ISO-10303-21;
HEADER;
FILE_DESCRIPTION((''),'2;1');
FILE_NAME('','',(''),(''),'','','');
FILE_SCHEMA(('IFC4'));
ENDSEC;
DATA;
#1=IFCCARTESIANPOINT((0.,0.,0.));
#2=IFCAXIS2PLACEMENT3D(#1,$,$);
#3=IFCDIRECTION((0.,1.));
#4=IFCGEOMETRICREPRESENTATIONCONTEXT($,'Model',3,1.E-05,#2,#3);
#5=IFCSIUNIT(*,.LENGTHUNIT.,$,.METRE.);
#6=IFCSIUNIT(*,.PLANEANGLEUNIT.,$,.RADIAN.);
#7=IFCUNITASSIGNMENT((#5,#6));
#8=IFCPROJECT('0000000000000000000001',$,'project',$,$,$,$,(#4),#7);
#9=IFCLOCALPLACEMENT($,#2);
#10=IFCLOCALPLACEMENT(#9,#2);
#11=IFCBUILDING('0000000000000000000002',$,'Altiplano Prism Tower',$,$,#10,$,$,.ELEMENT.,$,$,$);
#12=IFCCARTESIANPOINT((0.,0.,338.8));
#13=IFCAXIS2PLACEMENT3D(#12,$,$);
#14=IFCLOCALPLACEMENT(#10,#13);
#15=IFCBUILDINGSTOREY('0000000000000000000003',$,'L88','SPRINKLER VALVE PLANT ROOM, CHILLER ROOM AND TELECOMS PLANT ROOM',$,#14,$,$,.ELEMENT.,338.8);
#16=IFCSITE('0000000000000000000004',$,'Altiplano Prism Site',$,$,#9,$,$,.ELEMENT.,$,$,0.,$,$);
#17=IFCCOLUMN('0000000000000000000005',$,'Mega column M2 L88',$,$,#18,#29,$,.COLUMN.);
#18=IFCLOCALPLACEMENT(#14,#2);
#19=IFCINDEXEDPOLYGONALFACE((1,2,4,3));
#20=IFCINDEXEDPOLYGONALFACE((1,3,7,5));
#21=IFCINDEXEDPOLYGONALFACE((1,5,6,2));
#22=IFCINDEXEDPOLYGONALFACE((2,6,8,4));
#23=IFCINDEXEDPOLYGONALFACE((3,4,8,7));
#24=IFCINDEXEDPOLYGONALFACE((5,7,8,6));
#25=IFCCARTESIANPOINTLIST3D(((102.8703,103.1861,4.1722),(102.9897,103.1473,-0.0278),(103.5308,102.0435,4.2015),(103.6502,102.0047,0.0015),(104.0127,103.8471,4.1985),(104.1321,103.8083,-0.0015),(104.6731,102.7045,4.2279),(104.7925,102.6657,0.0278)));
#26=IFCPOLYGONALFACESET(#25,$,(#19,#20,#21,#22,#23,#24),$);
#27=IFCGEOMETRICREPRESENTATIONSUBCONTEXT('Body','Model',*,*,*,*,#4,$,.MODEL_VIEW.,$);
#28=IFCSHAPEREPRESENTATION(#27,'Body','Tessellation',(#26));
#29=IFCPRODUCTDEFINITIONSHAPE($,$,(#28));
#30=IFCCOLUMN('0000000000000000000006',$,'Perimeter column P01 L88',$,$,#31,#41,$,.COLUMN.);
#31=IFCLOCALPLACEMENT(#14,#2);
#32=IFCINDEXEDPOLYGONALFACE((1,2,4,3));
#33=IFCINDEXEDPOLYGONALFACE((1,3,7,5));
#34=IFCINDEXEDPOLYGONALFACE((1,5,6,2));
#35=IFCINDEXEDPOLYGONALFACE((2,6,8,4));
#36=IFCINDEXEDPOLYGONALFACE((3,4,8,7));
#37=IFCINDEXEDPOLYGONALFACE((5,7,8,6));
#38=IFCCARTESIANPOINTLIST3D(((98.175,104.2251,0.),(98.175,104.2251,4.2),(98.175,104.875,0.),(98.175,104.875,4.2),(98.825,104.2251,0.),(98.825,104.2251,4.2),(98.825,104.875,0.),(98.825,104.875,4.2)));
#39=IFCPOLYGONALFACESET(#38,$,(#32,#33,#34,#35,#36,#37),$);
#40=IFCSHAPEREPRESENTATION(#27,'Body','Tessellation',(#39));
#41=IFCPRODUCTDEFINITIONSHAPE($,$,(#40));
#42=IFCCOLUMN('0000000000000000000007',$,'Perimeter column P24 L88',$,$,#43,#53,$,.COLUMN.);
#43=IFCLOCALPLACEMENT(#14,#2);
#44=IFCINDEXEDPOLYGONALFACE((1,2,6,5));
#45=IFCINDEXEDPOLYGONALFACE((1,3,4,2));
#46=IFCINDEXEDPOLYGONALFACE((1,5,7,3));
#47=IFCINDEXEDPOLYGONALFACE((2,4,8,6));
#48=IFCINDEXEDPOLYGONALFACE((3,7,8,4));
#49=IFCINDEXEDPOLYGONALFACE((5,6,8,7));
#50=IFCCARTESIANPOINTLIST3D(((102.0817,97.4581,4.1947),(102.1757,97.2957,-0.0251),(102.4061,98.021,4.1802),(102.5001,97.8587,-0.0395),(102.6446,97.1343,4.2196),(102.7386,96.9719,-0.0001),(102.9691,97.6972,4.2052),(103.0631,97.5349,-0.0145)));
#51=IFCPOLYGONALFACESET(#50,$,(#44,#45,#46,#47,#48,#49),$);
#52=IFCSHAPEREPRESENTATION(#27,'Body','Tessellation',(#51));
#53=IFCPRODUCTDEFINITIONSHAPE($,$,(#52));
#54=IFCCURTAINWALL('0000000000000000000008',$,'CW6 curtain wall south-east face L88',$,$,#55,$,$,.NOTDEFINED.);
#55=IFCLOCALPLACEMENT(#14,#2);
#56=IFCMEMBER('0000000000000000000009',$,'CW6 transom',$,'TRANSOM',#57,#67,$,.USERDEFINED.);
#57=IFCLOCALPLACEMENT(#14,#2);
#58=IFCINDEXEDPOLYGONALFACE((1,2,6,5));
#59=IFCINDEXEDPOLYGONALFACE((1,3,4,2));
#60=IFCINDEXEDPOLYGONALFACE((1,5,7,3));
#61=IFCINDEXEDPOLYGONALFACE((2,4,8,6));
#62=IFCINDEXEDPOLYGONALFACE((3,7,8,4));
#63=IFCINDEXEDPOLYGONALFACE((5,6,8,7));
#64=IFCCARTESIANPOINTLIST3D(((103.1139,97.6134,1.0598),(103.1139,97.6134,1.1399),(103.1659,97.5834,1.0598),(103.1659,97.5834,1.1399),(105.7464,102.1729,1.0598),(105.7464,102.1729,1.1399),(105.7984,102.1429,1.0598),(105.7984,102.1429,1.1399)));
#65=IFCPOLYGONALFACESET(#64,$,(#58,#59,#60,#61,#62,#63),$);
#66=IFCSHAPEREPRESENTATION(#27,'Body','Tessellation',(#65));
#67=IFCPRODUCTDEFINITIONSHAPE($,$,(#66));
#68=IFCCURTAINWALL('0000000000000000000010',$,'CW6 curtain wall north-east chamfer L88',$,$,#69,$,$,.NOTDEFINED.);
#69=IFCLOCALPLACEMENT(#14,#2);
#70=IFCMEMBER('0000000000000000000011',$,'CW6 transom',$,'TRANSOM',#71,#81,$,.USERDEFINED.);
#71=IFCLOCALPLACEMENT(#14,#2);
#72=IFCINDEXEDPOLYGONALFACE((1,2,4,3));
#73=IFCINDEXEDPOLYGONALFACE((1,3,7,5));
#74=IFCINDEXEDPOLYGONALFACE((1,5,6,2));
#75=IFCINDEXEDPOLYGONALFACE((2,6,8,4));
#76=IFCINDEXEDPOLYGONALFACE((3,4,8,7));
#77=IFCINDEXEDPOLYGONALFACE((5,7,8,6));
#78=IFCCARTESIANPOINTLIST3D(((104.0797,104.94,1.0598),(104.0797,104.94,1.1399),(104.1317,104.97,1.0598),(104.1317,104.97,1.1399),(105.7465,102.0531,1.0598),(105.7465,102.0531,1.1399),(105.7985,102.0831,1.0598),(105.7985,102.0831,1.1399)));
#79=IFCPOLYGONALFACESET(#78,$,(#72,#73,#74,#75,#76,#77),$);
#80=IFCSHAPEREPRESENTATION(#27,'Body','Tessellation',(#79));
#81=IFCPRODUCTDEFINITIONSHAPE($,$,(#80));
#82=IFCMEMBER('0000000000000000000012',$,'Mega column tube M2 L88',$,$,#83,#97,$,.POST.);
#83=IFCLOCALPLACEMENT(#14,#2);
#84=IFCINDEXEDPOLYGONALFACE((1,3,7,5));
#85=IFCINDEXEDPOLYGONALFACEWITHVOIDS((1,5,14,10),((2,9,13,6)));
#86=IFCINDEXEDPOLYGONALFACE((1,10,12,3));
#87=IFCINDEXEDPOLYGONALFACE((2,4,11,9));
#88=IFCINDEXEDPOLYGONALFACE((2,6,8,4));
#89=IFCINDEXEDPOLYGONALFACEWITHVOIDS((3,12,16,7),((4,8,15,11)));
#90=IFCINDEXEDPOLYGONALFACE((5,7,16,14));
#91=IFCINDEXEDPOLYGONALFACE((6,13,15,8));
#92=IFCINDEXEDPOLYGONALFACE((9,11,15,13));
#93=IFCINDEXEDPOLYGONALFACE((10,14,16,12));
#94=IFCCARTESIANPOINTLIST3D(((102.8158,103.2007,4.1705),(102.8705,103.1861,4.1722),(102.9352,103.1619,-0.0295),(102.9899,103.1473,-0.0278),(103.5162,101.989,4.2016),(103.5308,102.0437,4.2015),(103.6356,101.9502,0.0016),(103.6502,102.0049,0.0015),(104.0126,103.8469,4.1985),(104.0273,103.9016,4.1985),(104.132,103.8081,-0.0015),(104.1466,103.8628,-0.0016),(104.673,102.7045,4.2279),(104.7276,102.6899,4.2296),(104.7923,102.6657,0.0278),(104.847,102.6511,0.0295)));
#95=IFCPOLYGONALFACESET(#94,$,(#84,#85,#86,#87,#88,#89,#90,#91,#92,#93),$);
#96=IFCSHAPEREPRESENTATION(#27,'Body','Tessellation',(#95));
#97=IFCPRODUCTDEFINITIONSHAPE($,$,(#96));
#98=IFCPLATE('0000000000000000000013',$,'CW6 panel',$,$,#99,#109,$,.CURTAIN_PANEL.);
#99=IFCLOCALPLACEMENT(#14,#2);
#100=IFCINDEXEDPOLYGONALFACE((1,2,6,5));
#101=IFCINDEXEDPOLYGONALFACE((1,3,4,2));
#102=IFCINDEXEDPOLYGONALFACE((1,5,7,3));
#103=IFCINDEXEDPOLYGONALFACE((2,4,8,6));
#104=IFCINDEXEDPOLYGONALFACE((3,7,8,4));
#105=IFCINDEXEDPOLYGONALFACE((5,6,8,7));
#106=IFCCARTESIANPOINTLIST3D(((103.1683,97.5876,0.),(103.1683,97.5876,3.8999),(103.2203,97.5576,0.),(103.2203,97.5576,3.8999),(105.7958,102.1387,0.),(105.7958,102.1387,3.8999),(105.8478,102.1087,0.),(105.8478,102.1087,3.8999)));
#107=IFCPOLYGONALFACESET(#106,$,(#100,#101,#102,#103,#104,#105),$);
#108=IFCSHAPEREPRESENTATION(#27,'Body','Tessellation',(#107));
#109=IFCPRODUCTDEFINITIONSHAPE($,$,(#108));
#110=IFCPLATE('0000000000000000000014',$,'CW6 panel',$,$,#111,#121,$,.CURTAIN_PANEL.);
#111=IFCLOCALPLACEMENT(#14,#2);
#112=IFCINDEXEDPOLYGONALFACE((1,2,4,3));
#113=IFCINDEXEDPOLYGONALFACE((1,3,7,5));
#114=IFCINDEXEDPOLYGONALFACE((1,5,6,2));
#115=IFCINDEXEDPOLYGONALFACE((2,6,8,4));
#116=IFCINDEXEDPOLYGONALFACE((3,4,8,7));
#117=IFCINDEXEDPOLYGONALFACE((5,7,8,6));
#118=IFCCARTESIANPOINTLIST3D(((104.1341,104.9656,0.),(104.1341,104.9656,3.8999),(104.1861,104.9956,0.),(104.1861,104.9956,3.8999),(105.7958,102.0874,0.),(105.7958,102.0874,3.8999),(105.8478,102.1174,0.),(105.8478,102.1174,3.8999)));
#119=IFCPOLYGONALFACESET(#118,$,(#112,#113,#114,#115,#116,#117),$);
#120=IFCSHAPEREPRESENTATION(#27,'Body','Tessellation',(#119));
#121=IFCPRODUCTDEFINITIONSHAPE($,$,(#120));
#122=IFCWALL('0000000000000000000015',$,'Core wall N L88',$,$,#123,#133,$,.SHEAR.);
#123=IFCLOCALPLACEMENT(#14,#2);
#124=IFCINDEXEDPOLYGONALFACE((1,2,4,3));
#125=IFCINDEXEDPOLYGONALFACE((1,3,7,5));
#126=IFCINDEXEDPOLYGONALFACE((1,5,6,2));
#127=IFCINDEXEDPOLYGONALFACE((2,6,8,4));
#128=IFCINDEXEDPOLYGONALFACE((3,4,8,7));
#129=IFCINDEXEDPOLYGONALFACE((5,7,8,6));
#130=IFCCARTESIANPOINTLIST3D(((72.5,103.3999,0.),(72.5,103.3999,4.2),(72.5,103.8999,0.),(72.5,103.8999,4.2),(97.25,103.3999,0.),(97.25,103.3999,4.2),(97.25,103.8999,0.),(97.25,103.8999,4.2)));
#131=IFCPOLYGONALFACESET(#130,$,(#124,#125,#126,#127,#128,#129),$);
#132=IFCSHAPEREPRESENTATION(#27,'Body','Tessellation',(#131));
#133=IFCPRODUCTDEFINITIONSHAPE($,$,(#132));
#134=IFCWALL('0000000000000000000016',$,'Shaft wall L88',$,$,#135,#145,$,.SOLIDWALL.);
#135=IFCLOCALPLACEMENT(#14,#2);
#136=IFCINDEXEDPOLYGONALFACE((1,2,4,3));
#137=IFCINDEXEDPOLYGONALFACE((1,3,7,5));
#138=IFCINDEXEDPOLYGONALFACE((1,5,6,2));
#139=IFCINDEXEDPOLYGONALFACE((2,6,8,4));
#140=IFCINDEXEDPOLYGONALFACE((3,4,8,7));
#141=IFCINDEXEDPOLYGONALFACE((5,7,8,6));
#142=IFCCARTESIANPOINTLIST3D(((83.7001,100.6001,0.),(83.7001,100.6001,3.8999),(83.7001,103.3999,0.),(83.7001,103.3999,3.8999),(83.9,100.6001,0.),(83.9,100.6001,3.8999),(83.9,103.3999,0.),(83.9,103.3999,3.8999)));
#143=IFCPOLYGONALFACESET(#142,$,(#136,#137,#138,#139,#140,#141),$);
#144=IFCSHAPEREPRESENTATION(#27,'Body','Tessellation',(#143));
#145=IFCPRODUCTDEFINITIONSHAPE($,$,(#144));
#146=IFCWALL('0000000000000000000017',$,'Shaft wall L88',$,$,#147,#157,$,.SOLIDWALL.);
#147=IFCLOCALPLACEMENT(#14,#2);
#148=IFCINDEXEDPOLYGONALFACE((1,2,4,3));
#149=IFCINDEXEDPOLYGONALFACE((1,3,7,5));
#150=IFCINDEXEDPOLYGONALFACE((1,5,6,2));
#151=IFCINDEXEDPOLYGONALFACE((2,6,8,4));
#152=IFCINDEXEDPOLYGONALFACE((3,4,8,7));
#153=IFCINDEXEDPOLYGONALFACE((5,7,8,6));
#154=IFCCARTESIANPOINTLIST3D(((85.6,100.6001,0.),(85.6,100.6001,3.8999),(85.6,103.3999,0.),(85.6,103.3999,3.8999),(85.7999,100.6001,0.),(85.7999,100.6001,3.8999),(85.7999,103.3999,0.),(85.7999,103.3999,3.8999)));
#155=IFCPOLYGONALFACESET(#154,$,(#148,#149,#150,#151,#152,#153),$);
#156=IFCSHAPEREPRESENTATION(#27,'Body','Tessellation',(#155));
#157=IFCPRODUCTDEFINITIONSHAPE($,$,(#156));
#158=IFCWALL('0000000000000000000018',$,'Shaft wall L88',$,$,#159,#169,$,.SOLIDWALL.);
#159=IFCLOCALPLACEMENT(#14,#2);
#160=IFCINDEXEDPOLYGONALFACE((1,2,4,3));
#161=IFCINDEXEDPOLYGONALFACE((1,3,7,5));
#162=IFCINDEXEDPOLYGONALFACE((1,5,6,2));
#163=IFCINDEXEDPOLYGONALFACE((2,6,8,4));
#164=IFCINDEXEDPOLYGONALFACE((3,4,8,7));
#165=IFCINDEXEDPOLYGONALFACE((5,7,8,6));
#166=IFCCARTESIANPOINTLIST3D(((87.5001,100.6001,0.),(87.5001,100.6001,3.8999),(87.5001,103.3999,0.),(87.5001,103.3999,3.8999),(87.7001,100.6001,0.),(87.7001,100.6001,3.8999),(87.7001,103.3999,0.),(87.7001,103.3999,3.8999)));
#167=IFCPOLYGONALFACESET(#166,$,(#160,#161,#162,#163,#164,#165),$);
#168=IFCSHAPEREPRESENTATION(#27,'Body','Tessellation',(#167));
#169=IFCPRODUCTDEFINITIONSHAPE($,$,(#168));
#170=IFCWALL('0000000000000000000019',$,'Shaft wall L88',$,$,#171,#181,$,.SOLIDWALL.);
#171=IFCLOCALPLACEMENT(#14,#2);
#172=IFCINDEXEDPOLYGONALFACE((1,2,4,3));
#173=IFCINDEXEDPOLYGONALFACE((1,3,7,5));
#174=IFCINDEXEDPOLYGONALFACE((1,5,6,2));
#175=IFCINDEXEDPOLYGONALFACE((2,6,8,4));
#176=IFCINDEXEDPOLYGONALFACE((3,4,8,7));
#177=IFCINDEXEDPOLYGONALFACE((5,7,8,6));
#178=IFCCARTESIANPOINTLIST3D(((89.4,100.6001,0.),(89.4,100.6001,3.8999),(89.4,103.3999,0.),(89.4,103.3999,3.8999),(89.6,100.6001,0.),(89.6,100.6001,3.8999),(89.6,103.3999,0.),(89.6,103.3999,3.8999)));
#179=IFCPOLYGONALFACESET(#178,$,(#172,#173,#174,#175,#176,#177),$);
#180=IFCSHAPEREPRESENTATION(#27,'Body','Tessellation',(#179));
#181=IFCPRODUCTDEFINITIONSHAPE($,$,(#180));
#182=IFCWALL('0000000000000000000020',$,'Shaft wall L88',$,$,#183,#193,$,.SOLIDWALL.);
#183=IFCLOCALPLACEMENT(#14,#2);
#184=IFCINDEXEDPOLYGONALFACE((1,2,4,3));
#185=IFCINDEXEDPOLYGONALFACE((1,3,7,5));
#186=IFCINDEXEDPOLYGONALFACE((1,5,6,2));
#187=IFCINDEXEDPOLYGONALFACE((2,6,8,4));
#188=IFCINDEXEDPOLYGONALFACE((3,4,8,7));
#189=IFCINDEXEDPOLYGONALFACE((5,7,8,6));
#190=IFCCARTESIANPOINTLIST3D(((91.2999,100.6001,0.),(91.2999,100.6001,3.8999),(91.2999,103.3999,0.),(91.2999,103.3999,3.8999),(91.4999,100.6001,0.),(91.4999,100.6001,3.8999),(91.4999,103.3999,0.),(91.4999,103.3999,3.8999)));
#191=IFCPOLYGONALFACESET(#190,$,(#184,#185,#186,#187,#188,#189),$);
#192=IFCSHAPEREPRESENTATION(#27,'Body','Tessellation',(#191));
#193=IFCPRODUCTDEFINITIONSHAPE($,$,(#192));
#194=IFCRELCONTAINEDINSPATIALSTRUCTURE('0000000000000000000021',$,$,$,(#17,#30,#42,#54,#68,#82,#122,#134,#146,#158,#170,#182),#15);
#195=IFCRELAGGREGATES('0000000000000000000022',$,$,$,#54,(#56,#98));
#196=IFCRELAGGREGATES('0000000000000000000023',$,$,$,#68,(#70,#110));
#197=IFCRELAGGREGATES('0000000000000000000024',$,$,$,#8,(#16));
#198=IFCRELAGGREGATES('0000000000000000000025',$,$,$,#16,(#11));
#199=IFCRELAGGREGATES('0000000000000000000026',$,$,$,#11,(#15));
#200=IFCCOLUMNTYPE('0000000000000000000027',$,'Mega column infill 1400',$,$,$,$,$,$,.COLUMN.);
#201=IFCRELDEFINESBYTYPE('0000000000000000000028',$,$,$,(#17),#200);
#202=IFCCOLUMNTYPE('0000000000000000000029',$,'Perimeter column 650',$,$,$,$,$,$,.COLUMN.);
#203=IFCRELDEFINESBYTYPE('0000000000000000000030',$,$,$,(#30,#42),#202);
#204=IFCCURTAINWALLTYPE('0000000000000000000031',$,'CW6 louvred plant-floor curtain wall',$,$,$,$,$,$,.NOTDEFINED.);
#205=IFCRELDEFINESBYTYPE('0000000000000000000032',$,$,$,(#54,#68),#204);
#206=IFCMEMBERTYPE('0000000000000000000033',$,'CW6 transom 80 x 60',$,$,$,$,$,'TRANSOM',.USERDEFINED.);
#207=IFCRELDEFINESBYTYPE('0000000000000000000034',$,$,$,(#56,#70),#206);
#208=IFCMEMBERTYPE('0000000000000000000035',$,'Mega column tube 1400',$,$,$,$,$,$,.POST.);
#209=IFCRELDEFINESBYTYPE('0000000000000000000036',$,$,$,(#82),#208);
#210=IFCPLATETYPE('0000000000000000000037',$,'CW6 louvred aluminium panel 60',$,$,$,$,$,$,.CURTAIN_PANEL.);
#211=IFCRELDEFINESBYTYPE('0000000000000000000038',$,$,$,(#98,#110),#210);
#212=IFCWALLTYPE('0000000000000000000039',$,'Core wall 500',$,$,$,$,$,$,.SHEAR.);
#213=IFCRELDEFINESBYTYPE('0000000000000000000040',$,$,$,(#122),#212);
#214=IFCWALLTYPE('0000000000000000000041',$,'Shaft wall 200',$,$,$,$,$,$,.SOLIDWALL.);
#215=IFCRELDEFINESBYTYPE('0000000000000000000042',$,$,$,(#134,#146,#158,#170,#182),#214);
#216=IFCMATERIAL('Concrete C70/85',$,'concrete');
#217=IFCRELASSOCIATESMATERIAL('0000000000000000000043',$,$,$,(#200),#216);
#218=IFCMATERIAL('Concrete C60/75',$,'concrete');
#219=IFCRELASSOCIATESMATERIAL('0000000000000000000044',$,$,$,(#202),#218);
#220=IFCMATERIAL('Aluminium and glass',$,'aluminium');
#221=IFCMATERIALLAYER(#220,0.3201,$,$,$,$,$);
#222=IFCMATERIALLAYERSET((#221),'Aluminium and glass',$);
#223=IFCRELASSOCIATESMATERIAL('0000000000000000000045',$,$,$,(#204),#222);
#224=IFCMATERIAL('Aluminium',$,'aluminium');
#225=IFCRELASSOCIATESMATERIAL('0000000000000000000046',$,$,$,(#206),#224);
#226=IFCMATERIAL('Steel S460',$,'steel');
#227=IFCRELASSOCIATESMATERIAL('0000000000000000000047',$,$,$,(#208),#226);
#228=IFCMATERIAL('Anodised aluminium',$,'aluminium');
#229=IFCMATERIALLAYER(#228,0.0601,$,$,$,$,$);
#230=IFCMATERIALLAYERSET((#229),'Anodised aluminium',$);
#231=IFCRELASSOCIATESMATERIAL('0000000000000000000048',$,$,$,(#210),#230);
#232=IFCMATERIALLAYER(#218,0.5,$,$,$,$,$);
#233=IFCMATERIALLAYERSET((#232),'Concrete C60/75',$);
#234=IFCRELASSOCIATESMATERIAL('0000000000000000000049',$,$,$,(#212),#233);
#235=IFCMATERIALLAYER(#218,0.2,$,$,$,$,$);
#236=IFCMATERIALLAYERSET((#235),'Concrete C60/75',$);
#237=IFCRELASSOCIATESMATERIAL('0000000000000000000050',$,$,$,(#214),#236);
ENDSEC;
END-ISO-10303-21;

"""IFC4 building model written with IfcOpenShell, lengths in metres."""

from ifc_helpers import new_model, si_unit, direction, frame, frame_2d, origin, origin_2d, place, context, subcontext, project, spatial, rectangle, hollow_rectangle, extrude, material, layer, layer_set, material_profile, profile_set, type_object, element, aggregate, save


model = new_model("IFC4")

# Units and contexts
model_context = context("Model", 3, precision=1e-05, world=origin(), true_north=direction((0.0, 1.0)))
body_context = subcontext(model_context, "Body", "Model", "MODEL_VIEW")
ifc_project = project(units=[si_unit("LENGTHUNIT", "METRE"), si_unit("PLANEANGLEUNIT", "RADIAN")], contexts=[model_context])

# Site, building, storey
site_placement = place(None, origin())
site = spatial("IfcSite", under=ifc_project, at=site_placement, Name="Altiplano Prism Site", CompositionType="ELEMENT", RefElevation=0.0)
building_placement = place(site_placement, origin())
building = spatial("IfcBuilding", under=site, at=building_placement, Name="Altiplano Prism Tower", CompositionType="ELEMENT")
storey_placement = place(building_placement, frame((0.0, 0.0, 338.8)))
storey = spatial("IfcBuildingStorey", under=building, at=storey_placement, Name="L88", Description="SPRINKLER VALVE PLANT ROOM, CHILLER ROOM AND TELECOMS PLANT ROOM", CompositionType="ELEMENT", Elevation=338.8)

# Columns
ifc_material_1 = material(Name="Concrete C70/85", Category="concrete")
ifc_material_profile_1 = material_profile(ifc_material_1, rectangle(XDim=1.3201, YDim=1.3201, at=origin_2d()), Name="Mega column infill 1400")
ifc_profile_set_1 = profile_set([ifc_material_profile_1], Name="Concrete C70/85")
column_type_1 = type_object("IfcColumnType", Name="Mega column infill 1400", PredefinedType="COLUMN", material=ifc_profile_set_1)
column_1_placement = place(storey_placement, frame((103.8911, 102.9065, 0.0), z_axis=(-0.028413, 0.009238, 0.999554), x_axis=(0.500311, -0.865561, 0.022221)))
element("IfcColumn", 1, at=column_1_placement, inside=storey, type_object=column_type_1, Name="Mega column M2 L88", PredefinedType="COLUMN", context=body_context, shape_type="SweptSolid", body=[
    extrude(rectangle(XDim=1.3201, YDim=1.3201, at=origin_2d()), origin(), (0.0, 0.0, 1.0), 4.2019),
])
ifc_material_2 = material(Name="Concrete C60/75", Category="concrete")
ifc_material_profile_2 = material_profile(ifc_material_2, rectangle(XDim=0.6499, YDim=0.6499, at=origin_2d()), Name="Perimeter column 650")
ifc_profile_set_2 = profile_set([ifc_material_profile_2], Name="Concrete C60/75")
column_type_2 = type_object("IfcColumnType", Name="Perimeter column 650", PredefinedType="COLUMN", material=ifc_profile_set_2)
column_2_placement = place(storey_placement, frame((98.5, 104.55, 0.0), z_axis=(0.0, 0.0, 1.0), x_axis=(1.0, 0.0, 0.0)))
element("IfcColumn", 2, at=column_2_placement, inside=storey, type_object=column_type_2, Name="Perimeter column P01 L88", PredefinedType="COLUMN", context=body_context, shape_type="SweptSolid", body=[
    extrude(rectangle(XDim=0.6499, YDim=0.6499, at=origin_2d()), origin(), (0.0, 0.0, 1.0), 4.2),
])
column_3_placement = place(storey_placement, frame((102.6194, 97.4153, -0.0198), z_axis=(-0.022253, 0.038437, 0.999013), x_axis=(-0.499208, -0.866198, 0.022207)))
element("IfcColumn", 3, at=column_3_placement, inside=storey, type_object=column_type_2, Name="Perimeter column P24 L88", PredefinedType="COLUMN", context=body_context, shape_type="SweptSolid", body=[
    extrude(rectangle(XDim=0.6499, YDim=0.6499, at=origin_2d()), origin(), (0.0, 0.0, 1.0), 4.2239),
])

# Curtain walls, members
ifc_material_3 = material(Name="Aluminium and glass", Category="aluminium")
ifc_layer_1 = layer(ifc_material_3, 0.3201)
ifc_layer_set_1 = layer_set([ifc_layer_1], Name="Aluminium and glass")
curtain_wall_type = type_object("IfcCurtainWallType", Name="CW6 louvred plant-floor curtain wall", PredefinedType="NOTDEFINED", material=ifc_layer_set_1)
curtain_wall_1_placement = place(storey_placement, origin())
curtain_wall_1 = element("IfcCurtainWall", 4, at=curtain_wall_1_placement, inside=storey, type_object=curtain_wall_type, Name="CW6 curtain wall south-east face L88", PredefinedType="NOTDEFINED")
ifc_material_4 = material(Name="Aluminium", Category="aluminium")
ifc_material_profile_3 = material_profile(ifc_material_4, rectangle(XDim=0.0601, YDim=0.0801, at=origin_2d()), Name="CW6 transom 80 x 60")
ifc_profile_set_3 = profile_set([ifc_material_profile_3], Name="Aluminium")
member_type_1 = type_object("IfcMemberType", Name="CW6 transom 80 x 60", ElementType="TRANSOM", PredefinedType="USERDEFINED", material=ifc_profile_set_3)
member_1_placement = place(storey_placement, frame((103.1399, 97.5984, 1.0999), z_axis=(0.500014, 0.866017, 0.0), x_axis=(-0.866017, 0.500014, 0.0)))
member_1 = element("IfcMember", 5, at=member_1_placement, type_object=member_type_1, Name="CW6 transom", ObjectType="TRANSOM", PredefinedType="USERDEFINED", context=body_context, shape_type="SweptSolid", body=[
    extrude(rectangle(XDim=0.0601, YDim=0.0801, at=origin_2d()), origin(), (0.0, 0.0, 1.0), 5.2649),
])
curtain_wall_2_placement = place(storey_placement, origin())
curtain_wall_2 = element("IfcCurtainWall", 6, at=curtain_wall_2_placement, inside=storey, type_object=curtain_wall_type, Name="CW6 curtain wall north-east chamfer L88", PredefinedType="NOTDEFINED")
member_2_placement = place(storey_placement, frame((105.7725, 102.0681, 1.0999), z_axis=(-0.499991, 0.866031, 0.0), x_axis=(-0.866031, -0.499991, 0.0)))
member_2 = element("IfcMember", 7, at=member_2_placement, type_object=member_type_1, Name="CW6 transom", ObjectType="TRANSOM", PredefinedType="USERDEFINED", context=body_context, shape_type="SweptSolid", body=[
    extrude(rectangle(XDim=0.0601, YDim=0.0801, at=origin_2d()), origin(), (0.0, 0.0, 1.0), 3.3335),
])

# Member
ifc_material_5 = material(Name="Steel S460", Category="steel")
ifc_material_profile_4 = material_profile(ifc_material_5, hollow_rectangle(XDim=1.3999, YDim=1.3999, WallThickness=0.04, at=origin_2d()), Name="Mega column tube 1400")
ifc_profile_set_4 = profile_set([ifc_material_profile_4], Name="Steel S460")
member_type_2 = type_object("IfcMemberType", Name="Mega column tube 1400", PredefinedType="POST", material=ifc_profile_set_4)
member_3_placement = place(storey_placement, frame((103.8911, 102.9065, 0.0), z_axis=(-0.028413, 0.009238, 0.999554), x_axis=(0.500311, -0.865561, 0.022221)))
element("IfcMember", 8, at=member_3_placement, inside=storey, type_object=member_type_2, Name="Mega column tube M2 L88", PredefinedType="POST", context=body_context, shape_type="SweptSolid", body=[
    extrude(hollow_rectangle(XDim=1.3999, YDim=1.3999, WallThickness=0.04, at=origin_2d()), origin(), (0.0, 0.0, 1.0), 4.2019),
])

# Plates
ifc_material_6 = material(Name="Anodised aluminium", Category="aluminium")
ifc_layer_2 = layer(ifc_material_6, 0.0601)
ifc_layer_set_2 = layer_set([ifc_layer_2], Name="Anodised aluminium")
plate_type = type_object("IfcPlateType", Name="CW6 louvred aluminium panel 60", PredefinedType="CURTAIN_PANEL", material=ifc_layer_set_2)
plate_1_placement = place(storey_placement, frame((104.5081, 99.8481, 0.0), z_axis=(0.0, 0.0, 1.0), x_axis=(0.5, 0.866025, 0.0)))
plate_1 = element("IfcPlate", 9, at=plate_1_placement, type_object=plate_type, Name="CW6 panel", PredefinedType="CURTAIN_PANEL", context=body_context, shape_type="SweptSolid", body=[
    extrude(rectangle(XDim=5.2551, YDim=0.0601, at=origin_2d()), origin(), (0.0, 0.0, 1.0), 3.8999),
])
aggregate(curtain_wall_1, [member_1, plate_1])
plate_2_placement = place(storey_placement, frame((104.991, 103.5415, 0.0), z_axis=(0.0, 0.0, 1.0), x_axis=(-0.5, 0.866025, 0.0)))
plate_2 = element("IfcPlate", 10, at=plate_2_placement, type_object=plate_type, Name="CW6 panel", PredefinedType="CURTAIN_PANEL", context=body_context, shape_type="SweptSolid", body=[
    extrude(rectangle(XDim=3.3235, YDim=0.0601, at=origin_2d()), origin(), (0.0, 0.0, 1.0), 3.8999),
])
aggregate(curtain_wall_2, [member_2, plate_2])

# Walls
ifc_layer_3 = layer(ifc_material_2, 0.5)
ifc_layer_set_3 = layer_set([ifc_layer_3], Name="Concrete C60/75")
wall_type_1 = type_object("IfcWallType", Name="Core wall 500", PredefinedType="SHEAR", material=ifc_layer_set_3)
wall_1_placement = place(storey_placement, frame((97.25, 103.6499, 0.0), z_axis=(0.0, 0.0, 1.0), x_axis=(-1.0, 0.0, 0.0)))
element("IfcWall", 11, at=wall_1_placement, inside=storey, type_object=wall_type_1, Name="Core wall N L88", PredefinedType="SHEAR", context=body_context, shape_type="SweptSolid", body=[
    extrude(rectangle(XDim=24.75, YDim=0.5, at=frame_2d((12.375, 0.0))), origin(), (0.0, 0.0, 1.0), 4.2),
])
ifc_layer_4 = layer(ifc_material_2, 0.2)
ifc_layer_set_4 = layer_set([ifc_layer_4], Name="Concrete C60/75")
wall_type_2 = type_object("IfcWallType", Name="Shaft wall 200", PredefinedType="SOLIDWALL", material=ifc_layer_set_4)
for number, where, z_axis, x_axis, name in (
    (12, (83.8, 100.6001, 0.0), (0.0, 0.0, 1.0), (0.0, 1.0, 0.0), "Shaft wall L88"),
    (13, (85.7, 100.6001, 0.0), (0.0, 0.0, 1.0), (0.0, 1.0, 0.0), "Shaft wall L88"),
    (14, (87.6001, 100.6001, 0.0), (0.0, 0.0, 1.0), (0.0, 1.0, 0.0), "Shaft wall L88"),
    (15, (89.5, 100.6001, 0.0), (0.0, 0.0, 1.0), (0.0, 1.0, 0.0), "Shaft wall L88"),
    (16, (91.3999, 100.6001, 0.0), (0.0, 0.0, 1.0), (0.0, 1.0, 0.0), "Shaft wall L88"),
):
    element("IfcWall", number, at=place(storey_placement, frame(where, z_axis=z_axis, x_axis=x_axis)), inside=storey, type_object=wall_type_2, Name=name, PredefinedType="SOLIDWALL", context=body_context, shape_type="SweptSolid", body=[
        extrude(rectangle(XDim=2.7998, YDim=0.2, at=frame_2d((1.3999, 0.0))), origin(), (0.0, 0.0, 1.0), 3.8999),
    ])

save(model, "model.ifc")
